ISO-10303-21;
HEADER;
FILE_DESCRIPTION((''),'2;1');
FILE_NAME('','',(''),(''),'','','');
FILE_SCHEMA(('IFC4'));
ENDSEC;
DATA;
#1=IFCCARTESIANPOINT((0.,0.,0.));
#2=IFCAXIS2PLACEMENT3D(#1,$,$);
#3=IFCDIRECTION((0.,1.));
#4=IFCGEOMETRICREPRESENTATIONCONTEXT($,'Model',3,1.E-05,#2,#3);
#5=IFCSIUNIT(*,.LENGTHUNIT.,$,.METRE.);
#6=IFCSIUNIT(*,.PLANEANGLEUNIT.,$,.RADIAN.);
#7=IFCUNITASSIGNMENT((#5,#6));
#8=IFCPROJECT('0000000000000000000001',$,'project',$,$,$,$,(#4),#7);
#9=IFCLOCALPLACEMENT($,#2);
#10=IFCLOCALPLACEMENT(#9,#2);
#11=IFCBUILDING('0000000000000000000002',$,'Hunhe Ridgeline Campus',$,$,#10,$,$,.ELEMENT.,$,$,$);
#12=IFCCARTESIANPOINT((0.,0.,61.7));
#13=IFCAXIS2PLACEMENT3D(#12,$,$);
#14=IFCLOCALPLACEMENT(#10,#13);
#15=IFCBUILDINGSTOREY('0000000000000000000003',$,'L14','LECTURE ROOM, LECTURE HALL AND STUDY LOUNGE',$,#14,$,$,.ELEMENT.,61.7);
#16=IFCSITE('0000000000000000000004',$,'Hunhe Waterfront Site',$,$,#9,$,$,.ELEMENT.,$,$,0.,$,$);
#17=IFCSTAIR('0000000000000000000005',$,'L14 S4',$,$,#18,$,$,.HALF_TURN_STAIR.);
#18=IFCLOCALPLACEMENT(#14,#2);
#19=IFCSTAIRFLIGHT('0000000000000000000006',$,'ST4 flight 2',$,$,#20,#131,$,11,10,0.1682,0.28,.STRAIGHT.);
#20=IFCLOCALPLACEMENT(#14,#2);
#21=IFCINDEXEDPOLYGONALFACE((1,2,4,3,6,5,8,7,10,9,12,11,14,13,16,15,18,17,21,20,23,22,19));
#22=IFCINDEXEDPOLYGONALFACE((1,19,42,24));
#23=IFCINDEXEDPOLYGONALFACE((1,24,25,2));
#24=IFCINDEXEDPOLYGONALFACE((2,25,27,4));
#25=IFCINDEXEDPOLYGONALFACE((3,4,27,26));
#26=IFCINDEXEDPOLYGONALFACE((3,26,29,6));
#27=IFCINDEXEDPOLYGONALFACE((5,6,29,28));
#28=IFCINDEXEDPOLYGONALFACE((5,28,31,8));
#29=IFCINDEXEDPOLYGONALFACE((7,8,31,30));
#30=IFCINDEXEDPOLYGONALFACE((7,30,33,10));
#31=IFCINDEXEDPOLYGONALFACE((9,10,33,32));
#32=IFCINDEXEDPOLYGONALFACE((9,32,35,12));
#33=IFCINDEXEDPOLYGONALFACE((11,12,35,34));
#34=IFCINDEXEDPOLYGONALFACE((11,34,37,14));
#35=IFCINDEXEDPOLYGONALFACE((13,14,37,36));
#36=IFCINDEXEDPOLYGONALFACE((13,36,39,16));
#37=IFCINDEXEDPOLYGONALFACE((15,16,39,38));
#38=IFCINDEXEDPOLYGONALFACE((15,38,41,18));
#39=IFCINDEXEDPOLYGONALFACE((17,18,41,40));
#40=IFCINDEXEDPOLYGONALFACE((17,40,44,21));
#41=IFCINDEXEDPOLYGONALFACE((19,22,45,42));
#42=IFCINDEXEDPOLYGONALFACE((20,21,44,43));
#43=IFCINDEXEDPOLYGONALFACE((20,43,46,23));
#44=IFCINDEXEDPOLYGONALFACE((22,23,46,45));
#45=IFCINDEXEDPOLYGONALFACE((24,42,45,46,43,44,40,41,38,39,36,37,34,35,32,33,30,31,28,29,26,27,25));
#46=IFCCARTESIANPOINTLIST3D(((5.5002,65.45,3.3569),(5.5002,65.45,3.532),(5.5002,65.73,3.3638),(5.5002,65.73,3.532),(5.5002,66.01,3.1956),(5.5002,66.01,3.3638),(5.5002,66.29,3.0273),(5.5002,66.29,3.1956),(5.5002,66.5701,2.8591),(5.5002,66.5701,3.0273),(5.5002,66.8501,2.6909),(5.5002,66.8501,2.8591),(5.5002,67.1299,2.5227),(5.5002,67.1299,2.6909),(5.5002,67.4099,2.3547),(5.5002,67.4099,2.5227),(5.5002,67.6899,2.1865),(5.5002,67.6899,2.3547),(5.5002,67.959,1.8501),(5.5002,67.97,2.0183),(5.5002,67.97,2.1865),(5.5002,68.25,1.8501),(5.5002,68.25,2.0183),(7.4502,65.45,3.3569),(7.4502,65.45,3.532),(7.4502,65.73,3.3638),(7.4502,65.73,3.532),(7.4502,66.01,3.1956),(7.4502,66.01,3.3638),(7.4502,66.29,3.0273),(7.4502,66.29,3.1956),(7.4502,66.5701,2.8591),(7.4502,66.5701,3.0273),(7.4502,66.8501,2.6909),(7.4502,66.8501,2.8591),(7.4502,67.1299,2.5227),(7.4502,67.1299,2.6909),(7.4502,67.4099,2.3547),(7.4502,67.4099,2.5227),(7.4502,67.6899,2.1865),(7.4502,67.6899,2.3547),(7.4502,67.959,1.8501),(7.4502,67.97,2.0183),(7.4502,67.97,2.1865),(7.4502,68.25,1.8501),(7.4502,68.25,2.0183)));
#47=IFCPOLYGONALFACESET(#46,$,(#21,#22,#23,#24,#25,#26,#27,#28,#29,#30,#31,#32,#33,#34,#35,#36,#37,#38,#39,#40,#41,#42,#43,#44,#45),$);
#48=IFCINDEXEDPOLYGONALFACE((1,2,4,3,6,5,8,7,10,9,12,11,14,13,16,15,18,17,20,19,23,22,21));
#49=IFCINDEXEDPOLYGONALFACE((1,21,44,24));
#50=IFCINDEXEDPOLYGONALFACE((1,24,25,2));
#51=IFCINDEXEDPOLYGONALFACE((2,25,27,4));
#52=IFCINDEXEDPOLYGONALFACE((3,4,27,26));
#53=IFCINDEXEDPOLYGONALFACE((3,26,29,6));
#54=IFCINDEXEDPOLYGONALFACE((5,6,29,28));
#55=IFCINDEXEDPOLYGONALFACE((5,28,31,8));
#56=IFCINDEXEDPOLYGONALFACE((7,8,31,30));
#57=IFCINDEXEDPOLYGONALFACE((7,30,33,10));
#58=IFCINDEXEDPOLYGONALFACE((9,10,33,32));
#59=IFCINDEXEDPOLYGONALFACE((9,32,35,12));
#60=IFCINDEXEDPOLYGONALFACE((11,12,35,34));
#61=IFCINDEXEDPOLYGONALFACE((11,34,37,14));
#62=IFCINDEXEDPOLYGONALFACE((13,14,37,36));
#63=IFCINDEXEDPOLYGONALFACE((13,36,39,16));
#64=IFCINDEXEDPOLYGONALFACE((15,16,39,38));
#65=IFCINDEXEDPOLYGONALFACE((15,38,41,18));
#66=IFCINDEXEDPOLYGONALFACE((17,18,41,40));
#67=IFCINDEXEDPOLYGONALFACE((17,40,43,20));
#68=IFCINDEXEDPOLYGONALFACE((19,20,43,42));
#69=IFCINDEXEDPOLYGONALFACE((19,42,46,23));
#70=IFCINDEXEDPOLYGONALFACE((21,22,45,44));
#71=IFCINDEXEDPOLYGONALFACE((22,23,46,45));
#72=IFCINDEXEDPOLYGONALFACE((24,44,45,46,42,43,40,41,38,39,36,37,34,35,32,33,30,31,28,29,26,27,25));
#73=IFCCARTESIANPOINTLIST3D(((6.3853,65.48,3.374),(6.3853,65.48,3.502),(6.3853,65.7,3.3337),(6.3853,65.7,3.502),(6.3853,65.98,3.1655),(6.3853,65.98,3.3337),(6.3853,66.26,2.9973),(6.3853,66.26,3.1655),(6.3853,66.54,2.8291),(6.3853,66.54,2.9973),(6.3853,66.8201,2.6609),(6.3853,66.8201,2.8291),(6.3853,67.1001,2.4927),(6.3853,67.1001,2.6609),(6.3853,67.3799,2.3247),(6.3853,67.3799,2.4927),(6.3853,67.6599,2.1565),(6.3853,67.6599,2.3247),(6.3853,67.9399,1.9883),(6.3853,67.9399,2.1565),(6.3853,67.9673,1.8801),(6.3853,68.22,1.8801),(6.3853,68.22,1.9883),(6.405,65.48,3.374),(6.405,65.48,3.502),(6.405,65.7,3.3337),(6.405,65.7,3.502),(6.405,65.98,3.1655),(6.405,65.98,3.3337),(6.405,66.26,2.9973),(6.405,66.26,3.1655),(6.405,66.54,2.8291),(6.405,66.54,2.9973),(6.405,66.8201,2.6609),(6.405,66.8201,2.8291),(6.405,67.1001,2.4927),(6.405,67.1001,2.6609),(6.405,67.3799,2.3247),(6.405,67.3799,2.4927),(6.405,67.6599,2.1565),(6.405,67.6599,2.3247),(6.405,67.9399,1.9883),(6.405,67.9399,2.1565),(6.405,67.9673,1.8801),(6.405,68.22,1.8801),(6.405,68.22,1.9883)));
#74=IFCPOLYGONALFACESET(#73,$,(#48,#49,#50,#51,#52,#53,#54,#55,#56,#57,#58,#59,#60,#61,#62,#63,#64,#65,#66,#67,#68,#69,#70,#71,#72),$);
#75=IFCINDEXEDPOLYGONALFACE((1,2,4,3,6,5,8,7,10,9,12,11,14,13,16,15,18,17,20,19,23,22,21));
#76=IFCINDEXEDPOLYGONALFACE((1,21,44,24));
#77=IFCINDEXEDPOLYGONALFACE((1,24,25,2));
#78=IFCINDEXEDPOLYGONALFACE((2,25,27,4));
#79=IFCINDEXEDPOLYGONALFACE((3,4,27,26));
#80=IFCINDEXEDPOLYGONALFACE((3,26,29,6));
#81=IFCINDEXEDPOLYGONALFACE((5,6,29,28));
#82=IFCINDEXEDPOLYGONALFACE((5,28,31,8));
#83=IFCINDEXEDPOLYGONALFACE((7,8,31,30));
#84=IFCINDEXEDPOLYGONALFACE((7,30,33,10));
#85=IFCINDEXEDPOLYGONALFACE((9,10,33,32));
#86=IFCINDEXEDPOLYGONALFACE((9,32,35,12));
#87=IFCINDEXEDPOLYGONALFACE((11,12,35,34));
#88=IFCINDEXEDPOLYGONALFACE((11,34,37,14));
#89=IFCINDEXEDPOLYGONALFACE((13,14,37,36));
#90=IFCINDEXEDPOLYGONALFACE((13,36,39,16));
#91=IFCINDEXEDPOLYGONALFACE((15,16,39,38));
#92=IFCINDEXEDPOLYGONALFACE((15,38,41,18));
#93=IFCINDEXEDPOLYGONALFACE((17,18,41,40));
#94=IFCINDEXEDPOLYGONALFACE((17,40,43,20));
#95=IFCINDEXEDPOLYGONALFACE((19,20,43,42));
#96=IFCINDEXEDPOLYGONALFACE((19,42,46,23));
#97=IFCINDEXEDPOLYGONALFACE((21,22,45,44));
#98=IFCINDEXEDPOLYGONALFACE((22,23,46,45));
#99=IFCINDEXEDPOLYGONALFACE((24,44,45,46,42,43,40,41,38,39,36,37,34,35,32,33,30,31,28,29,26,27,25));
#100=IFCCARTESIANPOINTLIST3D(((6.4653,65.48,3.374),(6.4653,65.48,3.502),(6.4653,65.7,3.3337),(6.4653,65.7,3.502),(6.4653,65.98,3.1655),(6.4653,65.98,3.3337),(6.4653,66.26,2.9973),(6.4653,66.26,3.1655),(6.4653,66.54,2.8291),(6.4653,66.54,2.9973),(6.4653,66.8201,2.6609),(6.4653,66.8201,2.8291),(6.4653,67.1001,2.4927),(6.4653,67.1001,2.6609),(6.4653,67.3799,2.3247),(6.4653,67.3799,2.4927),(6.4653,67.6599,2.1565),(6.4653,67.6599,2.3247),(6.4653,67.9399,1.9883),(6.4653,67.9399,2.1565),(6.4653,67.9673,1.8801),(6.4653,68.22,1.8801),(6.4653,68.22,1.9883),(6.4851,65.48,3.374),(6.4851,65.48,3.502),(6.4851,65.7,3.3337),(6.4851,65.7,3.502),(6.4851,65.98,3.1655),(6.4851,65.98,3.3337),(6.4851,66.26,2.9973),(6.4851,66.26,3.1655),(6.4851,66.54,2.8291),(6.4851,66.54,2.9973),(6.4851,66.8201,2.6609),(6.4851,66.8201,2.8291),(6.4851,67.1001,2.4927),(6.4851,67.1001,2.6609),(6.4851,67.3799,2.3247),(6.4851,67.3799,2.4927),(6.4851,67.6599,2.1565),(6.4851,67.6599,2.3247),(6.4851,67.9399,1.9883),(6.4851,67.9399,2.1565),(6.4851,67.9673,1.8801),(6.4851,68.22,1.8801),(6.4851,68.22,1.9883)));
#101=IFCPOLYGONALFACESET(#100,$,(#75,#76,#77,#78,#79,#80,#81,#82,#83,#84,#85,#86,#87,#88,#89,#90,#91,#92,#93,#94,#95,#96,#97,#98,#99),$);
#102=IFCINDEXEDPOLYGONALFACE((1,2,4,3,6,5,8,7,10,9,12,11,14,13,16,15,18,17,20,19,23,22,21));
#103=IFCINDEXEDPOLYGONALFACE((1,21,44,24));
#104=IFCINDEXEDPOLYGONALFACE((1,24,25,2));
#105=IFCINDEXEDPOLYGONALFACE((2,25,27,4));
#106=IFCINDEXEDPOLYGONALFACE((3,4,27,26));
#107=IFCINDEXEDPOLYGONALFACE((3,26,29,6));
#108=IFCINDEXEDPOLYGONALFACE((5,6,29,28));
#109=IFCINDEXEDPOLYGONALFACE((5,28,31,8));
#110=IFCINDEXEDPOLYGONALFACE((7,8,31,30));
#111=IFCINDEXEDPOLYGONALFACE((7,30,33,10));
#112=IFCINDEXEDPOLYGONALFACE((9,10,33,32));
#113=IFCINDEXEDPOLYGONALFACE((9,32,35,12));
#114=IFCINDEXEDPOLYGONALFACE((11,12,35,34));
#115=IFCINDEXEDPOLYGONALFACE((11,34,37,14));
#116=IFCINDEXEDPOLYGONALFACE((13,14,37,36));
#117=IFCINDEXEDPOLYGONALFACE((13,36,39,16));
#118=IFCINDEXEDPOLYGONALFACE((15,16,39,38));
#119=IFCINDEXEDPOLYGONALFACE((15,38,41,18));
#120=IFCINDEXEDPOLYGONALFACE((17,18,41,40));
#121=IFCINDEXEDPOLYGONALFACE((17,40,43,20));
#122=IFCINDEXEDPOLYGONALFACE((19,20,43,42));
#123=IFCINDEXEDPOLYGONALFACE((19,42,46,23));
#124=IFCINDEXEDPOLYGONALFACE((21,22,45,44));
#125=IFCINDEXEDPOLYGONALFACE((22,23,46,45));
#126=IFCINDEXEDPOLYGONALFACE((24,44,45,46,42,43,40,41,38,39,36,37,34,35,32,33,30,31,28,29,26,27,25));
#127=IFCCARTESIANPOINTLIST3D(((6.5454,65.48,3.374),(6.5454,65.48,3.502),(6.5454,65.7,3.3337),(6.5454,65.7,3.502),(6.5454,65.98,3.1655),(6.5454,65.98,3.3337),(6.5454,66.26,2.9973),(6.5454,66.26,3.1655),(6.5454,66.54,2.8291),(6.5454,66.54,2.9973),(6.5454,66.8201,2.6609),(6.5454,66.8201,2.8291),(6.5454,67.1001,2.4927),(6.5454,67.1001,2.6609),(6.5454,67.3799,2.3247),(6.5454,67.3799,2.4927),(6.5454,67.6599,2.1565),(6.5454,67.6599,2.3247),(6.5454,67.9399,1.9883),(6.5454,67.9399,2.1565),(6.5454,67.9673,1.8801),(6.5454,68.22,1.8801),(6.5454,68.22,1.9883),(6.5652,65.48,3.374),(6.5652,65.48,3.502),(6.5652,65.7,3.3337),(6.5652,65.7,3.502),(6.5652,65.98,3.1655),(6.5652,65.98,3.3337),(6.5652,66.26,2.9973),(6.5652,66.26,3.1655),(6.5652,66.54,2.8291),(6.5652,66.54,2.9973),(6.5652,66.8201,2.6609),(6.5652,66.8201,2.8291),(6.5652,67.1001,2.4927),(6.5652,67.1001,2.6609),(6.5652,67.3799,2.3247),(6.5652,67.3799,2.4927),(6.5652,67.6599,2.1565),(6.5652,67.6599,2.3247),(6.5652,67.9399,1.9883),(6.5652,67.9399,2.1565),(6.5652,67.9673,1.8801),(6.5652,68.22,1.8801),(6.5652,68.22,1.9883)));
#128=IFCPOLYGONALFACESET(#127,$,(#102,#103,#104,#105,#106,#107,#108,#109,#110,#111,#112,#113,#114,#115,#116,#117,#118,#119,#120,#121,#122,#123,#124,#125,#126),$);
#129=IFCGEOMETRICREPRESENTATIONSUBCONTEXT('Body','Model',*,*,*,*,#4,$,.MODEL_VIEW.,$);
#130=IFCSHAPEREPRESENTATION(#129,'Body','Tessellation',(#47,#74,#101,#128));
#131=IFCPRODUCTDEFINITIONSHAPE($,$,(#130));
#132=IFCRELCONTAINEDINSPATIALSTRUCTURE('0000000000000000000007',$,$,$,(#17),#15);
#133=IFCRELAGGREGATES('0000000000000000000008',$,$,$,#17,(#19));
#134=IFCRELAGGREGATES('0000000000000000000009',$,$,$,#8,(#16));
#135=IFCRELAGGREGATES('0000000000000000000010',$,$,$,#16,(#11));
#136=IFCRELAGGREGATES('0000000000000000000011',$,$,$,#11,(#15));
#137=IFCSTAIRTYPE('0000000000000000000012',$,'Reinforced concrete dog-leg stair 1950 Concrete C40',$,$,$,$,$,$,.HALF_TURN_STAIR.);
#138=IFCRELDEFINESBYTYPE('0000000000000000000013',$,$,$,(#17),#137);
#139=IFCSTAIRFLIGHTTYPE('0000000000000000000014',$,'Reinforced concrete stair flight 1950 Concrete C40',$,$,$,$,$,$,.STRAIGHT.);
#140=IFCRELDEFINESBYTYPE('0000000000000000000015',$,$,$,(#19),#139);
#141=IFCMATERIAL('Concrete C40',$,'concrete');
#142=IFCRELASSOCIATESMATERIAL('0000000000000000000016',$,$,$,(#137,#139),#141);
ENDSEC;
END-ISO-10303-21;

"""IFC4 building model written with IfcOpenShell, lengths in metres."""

from ifc_helpers import new_model, si_unit, direction, frame, origin, place, context, subcontext, project, spatial, polyline, outline, extrude, material, type_object, element, aggregate, save


model = new_model("IFC4")

# Units and contexts
model_context = context("Model", 3, precision=1e-05, world=origin(), true_north=direction((0.0, 1.0)))
body_context = subcontext(model_context, "Body", "Model", "MODEL_VIEW")
ifc_project = project(units=[si_unit("LENGTHUNIT", "METRE"), si_unit("PLANEANGLEUNIT", "RADIAN")], contexts=[model_context])

# Site, building, storey
site_placement = place(None, origin())
site = spatial("IfcSite", under=ifc_project, at=site_placement, Name="Hunhe Waterfront Site", CompositionType="ELEMENT", RefElevation=0.0)
building_placement = place(site_placement, origin())
building = spatial("IfcBuilding", under=site, at=building_placement, Name="Hunhe Ridgeline Campus", CompositionType="ELEMENT")
storey_placement = place(building_placement, frame((0.0, 0.0, 61.7)))
storey = spatial("IfcBuildingStorey", under=building, at=storey_placement, Name="L14", Description="LECTURE ROOM, LECTURE HALL AND STUDY LOUNGE", CompositionType="ELEMENT", Elevation=61.7)

# Stair, stair flight
ifc_material_1 = material(Name="Concrete C40", Category="concrete")
stair_type = type_object("IfcStairType", Name="Reinforced concrete dog-leg stair 1950 Concrete C40", PredefinedType="HALF_TURN_STAIR", material=ifc_material_1)
stair_flight_type = type_object("IfcStairFlightType", Name="Reinforced concrete stair flight 1950 Concrete C40", PredefinedType="STRAIGHT", material=ifc_material_1)
stair_1_placement = place(storey_placement, origin())
stair_1 = element("IfcStair", 1, at=stair_1_placement, inside=storey, type_object=stair_type, Name="L14 S4", PredefinedType="HALF_TURN_STAIR")
stair_flight_1_placement = place(storey_placement, frame((6.4751, 68.25, 1.8501), z_axis=(0.0, 0.0, 1.0), x_axis=(0.0, -1.0, 0.0)))
stair_flight_1 = element("IfcStairFlight", 2, at=stair_flight_1_placement, type_object=stair_flight_type, Name="ST4 flight 2", NumberOfRisers=11, NumberOfTreads=10, PredefinedType="STRAIGHT", RiserHeight=0.1682, TreadLength=0.28, context=body_context, shape_type="SweptSolid", body=[
    extrude(outline(polyline([(0.0, 0.0), (0.0, 0.1682), (0.28, 0.1682), (0.28, 0.3364), (0.5601, 0.3364), (0.5601, 0.5046), (0.8401, 0.5046), (0.8401, 0.6726), (1.1201, 0.6726), (1.1201, 0.8408), (1.3999, 0.8408), (1.3999, 1.009), (1.6799, 1.009), (1.6799, 1.1772), (1.96, 1.1772), (1.96, 1.3455), (2.24, 1.3455), (2.24, 1.5137), (2.52, 1.5137), (2.52, 1.6819), (2.8, 1.6819), (2.8, 1.8501), (2.8, 1.5068), (0.291, 0.0), (0.0, 0.0)])), frame((0.0, 0.9751, 0.0), z_axis=(0.0, -1.0, 0.0), x_axis=(1.0, 0.0, 0.0)), (0.0, 0.0, 1.0), 1.95),
    extrude(outline(polyline([(0.03, 0.03), (0.03, 0.1382), (0.3101, 0.1382), (0.3101, 0.3064), (0.5901, 0.3064), (0.5901, 0.4746), (0.8701, 0.4746), (0.8701, 0.6426), (1.1499, 0.6426), (1.1499, 0.8108), (1.4299, 0.8108), (1.4299, 0.979), (1.71, 0.979), (1.71, 1.1472), (1.99, 1.1472), (1.99, 1.3154), (2.27, 1.3154), (2.27, 1.4836), (2.55, 1.4836), (2.55, 1.6519), (2.77, 1.6519), (2.77, 1.5239), (0.2827, 0.03), (0.03, 0.03)])), frame((0.0, -0.0701, 0.0), z_axis=(0.0, -1.0, 0.0), x_axis=(1.0, 0.0, 0.0)), (0.0, 0.0, 1.0), 0.0198),
    extrude(outline(polyline([(0.03, 0.03), (0.03, 0.1382), (0.3101, 0.1382), (0.3101, 0.3064), (0.5901, 0.3064), (0.5901, 0.4746), (0.8701, 0.4746), (0.8701, 0.6426), (1.1499, 0.6426), (1.1499, 0.8108), (1.4299, 0.8108), (1.4299, 0.979), (1.71, 0.979), (1.71, 1.1472), (1.99, 1.1472), (1.99, 1.3154), (2.27, 1.3154), (2.27, 1.4836), (2.55, 1.4836), (2.55, 1.6519), (2.77, 1.6519), (2.77, 1.5239), (0.2827, 0.03), (0.03, 0.03)])), frame((0.0, 0.01, 0.0), z_axis=(0.0, -1.0, 0.0), x_axis=(1.0, 0.0, 0.0)), (0.0, 0.0, 1.0), 0.0198),
    extrude(outline(polyline([(0.03, 0.03), (0.03, 0.1382), (0.3101, 0.1382), (0.3101, 0.3064), (0.5901, 0.3064), (0.5901, 0.4746), (0.8701, 0.4746), (0.8701, 0.6426), (1.1499, 0.6426), (1.1499, 0.8108), (1.4299, 0.8108), (1.4299, 0.979), (1.71, 0.979), (1.71, 1.1472), (1.99, 1.1472), (1.99, 1.3154), (2.27, 1.3154), (2.27, 1.4836), (2.55, 1.4836), (2.55, 1.6519), (2.77, 1.6519), (2.77, 1.5239), (0.2827, 0.03), (0.03, 0.03)])), frame((0.0, 0.0901, 0.0), z_axis=(0.0, -1.0, 0.0), x_axis=(1.0, 0.0, 0.0)), (0.0, 0.0, 1.0), 0.0198),
])
aggregate(stair_1, [stair_flight_1])

save(model, "model.ifc")
